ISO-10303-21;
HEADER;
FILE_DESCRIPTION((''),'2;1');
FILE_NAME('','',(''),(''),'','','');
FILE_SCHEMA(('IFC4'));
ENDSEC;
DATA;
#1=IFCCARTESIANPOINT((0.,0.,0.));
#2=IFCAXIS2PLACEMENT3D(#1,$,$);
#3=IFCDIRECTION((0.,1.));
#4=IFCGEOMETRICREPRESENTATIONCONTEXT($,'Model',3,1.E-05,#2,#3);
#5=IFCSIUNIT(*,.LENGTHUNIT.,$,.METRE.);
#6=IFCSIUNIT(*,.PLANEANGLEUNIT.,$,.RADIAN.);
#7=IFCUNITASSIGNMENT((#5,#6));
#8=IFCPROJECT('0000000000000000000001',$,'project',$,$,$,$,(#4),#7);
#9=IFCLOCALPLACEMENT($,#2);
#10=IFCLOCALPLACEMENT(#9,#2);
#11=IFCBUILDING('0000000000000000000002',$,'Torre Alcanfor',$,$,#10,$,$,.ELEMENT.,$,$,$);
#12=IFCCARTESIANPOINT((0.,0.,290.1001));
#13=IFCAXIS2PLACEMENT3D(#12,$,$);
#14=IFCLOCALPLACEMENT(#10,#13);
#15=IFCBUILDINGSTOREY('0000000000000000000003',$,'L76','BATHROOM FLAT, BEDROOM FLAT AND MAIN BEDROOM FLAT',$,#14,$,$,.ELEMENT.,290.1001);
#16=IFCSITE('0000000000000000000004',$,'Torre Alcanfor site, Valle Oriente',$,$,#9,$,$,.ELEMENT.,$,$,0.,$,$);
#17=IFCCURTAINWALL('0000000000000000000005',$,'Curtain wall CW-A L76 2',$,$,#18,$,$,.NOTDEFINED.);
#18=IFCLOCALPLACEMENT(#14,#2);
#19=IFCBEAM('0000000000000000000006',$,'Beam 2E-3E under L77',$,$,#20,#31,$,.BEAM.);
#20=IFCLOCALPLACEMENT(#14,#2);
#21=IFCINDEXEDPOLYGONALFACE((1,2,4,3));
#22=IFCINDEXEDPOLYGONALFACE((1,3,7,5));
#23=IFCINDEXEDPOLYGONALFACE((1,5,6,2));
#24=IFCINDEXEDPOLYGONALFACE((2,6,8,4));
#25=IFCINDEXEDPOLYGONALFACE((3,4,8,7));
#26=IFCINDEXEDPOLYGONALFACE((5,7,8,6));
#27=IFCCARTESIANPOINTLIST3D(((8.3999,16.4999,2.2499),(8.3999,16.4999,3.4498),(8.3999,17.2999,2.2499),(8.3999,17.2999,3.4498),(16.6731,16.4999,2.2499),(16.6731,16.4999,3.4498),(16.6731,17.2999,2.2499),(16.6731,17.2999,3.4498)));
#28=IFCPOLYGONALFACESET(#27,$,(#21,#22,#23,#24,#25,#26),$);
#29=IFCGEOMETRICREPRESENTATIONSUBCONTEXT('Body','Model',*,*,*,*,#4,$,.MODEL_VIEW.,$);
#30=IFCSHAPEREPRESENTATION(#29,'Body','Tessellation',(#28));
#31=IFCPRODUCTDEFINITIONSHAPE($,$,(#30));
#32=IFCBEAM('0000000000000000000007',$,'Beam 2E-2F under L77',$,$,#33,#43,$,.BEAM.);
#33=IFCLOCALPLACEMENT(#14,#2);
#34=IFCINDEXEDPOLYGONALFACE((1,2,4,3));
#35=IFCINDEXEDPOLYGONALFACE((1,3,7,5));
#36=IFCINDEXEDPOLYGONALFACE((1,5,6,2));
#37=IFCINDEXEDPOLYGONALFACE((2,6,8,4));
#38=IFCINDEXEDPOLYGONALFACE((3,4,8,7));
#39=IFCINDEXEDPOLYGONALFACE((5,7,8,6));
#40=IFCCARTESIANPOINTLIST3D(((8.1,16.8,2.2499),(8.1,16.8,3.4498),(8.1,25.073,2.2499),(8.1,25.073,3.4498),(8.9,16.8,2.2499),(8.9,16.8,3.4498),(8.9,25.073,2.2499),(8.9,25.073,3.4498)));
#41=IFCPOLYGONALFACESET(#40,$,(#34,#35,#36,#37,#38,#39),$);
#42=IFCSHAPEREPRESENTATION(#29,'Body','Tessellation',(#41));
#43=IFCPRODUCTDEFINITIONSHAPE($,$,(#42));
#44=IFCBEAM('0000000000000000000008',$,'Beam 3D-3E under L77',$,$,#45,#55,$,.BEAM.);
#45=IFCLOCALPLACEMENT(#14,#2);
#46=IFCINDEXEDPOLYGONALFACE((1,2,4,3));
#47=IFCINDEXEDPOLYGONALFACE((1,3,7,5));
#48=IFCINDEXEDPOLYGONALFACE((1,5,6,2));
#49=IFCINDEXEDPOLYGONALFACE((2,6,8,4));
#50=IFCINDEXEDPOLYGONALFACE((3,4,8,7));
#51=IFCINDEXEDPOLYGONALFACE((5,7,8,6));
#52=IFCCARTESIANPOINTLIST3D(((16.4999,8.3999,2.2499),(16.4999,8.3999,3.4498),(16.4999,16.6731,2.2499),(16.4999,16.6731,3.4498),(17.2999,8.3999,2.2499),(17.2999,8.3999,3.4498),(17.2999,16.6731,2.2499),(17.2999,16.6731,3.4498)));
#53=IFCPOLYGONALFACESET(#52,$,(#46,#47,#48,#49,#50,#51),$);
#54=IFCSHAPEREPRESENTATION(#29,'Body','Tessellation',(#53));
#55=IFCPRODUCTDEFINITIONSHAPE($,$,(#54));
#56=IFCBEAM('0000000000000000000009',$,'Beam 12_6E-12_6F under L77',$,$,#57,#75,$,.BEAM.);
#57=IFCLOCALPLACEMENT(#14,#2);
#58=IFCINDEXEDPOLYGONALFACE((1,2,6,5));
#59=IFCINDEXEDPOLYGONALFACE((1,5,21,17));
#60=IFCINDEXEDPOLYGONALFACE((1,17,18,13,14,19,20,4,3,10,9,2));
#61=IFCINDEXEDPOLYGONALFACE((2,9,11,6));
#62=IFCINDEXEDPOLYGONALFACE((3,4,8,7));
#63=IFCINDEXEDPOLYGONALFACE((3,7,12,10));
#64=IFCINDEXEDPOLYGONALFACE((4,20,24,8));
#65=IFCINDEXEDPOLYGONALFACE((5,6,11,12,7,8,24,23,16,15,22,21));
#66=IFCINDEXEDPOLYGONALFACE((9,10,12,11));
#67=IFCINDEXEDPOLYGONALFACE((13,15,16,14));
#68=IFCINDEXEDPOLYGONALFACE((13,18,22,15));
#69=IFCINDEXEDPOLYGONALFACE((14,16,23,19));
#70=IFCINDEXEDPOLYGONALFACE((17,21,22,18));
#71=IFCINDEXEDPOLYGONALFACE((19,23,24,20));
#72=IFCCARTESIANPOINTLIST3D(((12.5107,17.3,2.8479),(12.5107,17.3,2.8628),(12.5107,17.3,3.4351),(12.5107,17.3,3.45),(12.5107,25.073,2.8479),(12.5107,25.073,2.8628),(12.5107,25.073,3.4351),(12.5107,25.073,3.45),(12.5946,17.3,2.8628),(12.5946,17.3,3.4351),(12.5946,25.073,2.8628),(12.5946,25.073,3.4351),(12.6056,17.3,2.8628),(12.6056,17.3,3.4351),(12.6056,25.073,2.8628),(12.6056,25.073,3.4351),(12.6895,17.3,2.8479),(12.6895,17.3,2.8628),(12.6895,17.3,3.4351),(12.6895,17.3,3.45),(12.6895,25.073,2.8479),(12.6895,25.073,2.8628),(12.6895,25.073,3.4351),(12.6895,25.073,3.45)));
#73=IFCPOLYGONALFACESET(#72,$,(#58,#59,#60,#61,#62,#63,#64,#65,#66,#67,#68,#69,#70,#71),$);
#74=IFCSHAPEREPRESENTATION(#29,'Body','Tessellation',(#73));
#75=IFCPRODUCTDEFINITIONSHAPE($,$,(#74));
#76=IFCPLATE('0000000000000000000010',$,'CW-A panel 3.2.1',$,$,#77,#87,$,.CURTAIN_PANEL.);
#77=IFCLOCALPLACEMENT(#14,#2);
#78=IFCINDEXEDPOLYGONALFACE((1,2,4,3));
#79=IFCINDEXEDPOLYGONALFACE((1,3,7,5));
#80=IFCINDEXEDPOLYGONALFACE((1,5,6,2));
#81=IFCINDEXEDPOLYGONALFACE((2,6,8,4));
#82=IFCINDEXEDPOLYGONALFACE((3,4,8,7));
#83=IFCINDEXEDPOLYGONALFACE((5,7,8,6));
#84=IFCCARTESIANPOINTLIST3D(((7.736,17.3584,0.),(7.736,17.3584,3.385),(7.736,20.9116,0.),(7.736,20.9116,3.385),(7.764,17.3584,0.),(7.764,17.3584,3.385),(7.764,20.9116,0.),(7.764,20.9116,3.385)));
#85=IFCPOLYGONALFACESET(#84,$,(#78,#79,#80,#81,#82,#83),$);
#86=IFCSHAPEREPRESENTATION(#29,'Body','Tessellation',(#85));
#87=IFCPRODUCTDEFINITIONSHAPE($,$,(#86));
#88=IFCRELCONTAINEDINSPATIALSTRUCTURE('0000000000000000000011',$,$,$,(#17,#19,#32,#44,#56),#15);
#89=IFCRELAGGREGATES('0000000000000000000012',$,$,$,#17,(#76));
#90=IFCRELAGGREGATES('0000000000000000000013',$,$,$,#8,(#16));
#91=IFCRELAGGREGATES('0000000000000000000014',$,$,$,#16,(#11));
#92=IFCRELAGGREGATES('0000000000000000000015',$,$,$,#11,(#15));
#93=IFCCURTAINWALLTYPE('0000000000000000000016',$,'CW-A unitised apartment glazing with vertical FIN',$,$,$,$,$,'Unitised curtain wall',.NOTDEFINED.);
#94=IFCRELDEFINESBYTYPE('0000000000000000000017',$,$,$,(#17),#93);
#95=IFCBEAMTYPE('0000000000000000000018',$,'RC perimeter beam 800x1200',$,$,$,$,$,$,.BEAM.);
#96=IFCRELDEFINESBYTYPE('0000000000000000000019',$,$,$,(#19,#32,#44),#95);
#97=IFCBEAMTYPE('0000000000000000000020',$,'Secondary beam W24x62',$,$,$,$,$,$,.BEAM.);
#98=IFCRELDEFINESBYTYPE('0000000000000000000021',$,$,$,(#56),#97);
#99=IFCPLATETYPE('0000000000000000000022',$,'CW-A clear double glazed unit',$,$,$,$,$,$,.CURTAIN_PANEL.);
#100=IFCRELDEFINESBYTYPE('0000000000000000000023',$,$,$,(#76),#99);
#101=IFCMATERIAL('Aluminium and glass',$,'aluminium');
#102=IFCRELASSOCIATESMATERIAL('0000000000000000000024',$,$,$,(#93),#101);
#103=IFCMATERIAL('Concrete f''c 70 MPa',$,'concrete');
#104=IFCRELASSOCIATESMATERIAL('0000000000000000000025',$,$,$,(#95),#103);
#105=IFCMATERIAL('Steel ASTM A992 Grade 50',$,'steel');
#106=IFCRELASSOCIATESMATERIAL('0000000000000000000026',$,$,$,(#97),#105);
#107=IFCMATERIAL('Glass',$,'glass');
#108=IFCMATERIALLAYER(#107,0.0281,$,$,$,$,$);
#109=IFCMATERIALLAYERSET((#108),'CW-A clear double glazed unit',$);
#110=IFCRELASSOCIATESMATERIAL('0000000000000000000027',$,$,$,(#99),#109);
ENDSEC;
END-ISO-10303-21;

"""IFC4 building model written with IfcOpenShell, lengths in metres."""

from ifc_helpers import new_model, si_unit, direction, frame, origin, origin_2d, place, context, subcontext, project, spatial, rectangle, i_section, extrude, material, layer, layer_set, material_profile, profile_set, type_object, element, aggregate, save


model = new_model("IFC4")

# Units and contexts
model_context = context("Model", 3, precision=1e-05, world=origin(), true_north=direction((0.0, 1.0)))
body_context = subcontext(model_context, "Body", "Model", "MODEL_VIEW")
ifc_project = project(units=[si_unit("LENGTHUNIT", "METRE"), si_unit("PLANEANGLEUNIT", "RADIAN")], contexts=[model_context])

# Site, building, storey
site_placement = place(None, origin())
site = spatial("IfcSite", under=ifc_project, at=site_placement, Name="Torre Alcanfor site, Valle Oriente", CompositionType="ELEMENT", RefElevation=0.0)
building_placement = place(site_placement, origin())
building = spatial("IfcBuilding", under=site, at=building_placement, Name="Torre Alcanfor", CompositionType="ELEMENT")
storey_placement = place(building_placement, frame((0.0, 0.0, 290.1001)))
storey = spatial("IfcBuildingStorey", under=building, at=storey_placement, Name="L76", Description="BATHROOM FLAT, BEDROOM FLAT AND MAIN BEDROOM FLAT", CompositionType="ELEMENT", Elevation=290.1001)

# Curtain wall
ifc_material_1 = material(Name="Aluminium and glass", Category="aluminium")
curtain_wall_type = type_object("IfcCurtainWallType", Name="CW-A unitised apartment glazing with vertical FIN", ElementType="Unitised curtain wall", PredefinedType="NOTDEFINED", material=ifc_material_1)
curtain_wall_placement = place(storey_placement, origin())
curtain_wall = element("IfcCurtainWall", 1, at=curtain_wall_placement, inside=storey, type_object=curtain_wall_type, Name="Curtain wall CW-A L76 2", PredefinedType="NOTDEFINED")

# Beams
ifc_material_2 = material(Name="Concrete f'c 70 MPa", Category="concrete")
ifc_material_profile_1 = material_profile(ifc_material_2, rectangle(XDim=0.8, YDim=1.2, at=origin_2d()), Name="800x1200")
ifc_profile_set_1 = profile_set([ifc_material_profile_1], Name="Concrete f'c 70 MPa")
beam_type_1 = type_object("IfcBeamType", Name="RC perimeter beam 800x1200", PredefinedType="BEAM", material=ifc_profile_set_1)
beam_1_placement = place(storey_placement, frame((8.3999, 16.8999, 2.8499), z_axis=(1.0, 0.0, 0.0), x_axis=(0.0, 1.0, 0.0)))
element("IfcBeam", 2, at=beam_1_placement, inside=storey, type_object=beam_type_1, Name="Beam 2E-3E under L77", PredefinedType="BEAM", context=body_context, shape_type="SweptSolid", body=[
    extrude(rectangle(XDim=0.8, YDim=1.2, at=origin_2d()), origin(), (0.0, 0.0, 1.0), 8.2732),
])
beam_2_placement = place(storey_placement, frame((8.5, 16.8, 2.8499), z_axis=(0.0, 1.0, 0.0), x_axis=(-1.0, 0.0, 0.0)))
element("IfcBeam", 3, at=beam_2_placement, inside=storey, type_object=beam_type_1, Name="Beam 2E-2F under L77", PredefinedType="BEAM", context=body_context, shape_type="SweptSolid", body=[
    extrude(rectangle(XDim=0.8, YDim=1.2, at=origin_2d()), origin(), (0.0, 0.0, 1.0), 8.2729),
])
beam_3_placement = place(storey_placement, frame((16.8999, 8.3999, 2.8499), z_axis=(0.0, 1.0, 0.0), x_axis=(-1.0, 0.0, 0.0)))
element("IfcBeam", 4, at=beam_3_placement, inside=storey, type_object=beam_type_1, Name="Beam 3D-3E under L77", PredefinedType="BEAM", context=body_context, shape_type="SweptSolid", body=[
    extrude(rectangle(XDim=0.8, YDim=1.2, at=origin_2d()), origin(), (0.0, 0.0, 1.0), 8.2732),
])
ifc_material_3 = material(Name="Steel ASTM A992 Grade 50", Category="steel")
ifc_material_profile_2 = material_profile(ifc_material_3, i_section(OverallWidth=0.1787, OverallDepth=0.6021, WebThickness=0.011, FlangeThickness=0.0149, at=origin_2d()), Name="W24x62")
ifc_profile_set_2 = profile_set([ifc_material_profile_2], Name="Steel ASTM A992 Grade 50")
beam_type_2 = type_object("IfcBeamType", Name="Secondary beam W24x62", PredefinedType="BEAM", material=ifc_profile_set_2)
beam_4_placement = place(storey_placement, frame((12.6001, 17.3, 3.1489), z_axis=(0.0, 1.0, 0.0), x_axis=(-1.0, 0.0, 0.0)))
element("IfcBeam", 5, at=beam_4_placement, inside=storey, type_object=beam_type_2, Name="Beam 12_6E-12_6F under L77", PredefinedType="BEAM", context=body_context, shape_type="SweptSolid", body=[
    extrude(i_section(OverallWidth=0.1787, OverallDepth=0.6021, WebThickness=0.011, FlangeThickness=0.0149, at=origin_2d()), origin(), (0.0, 0.0, 1.0), 7.7729),
])

# Plate
ifc_material_4 = material(Name="Glass", Category="glass")
ifc_layer_1 = layer(ifc_material_4, 0.0281)
ifc_layer_set_1 = layer_set([ifc_layer_1], Name="CW-A clear double glazed unit")
plate_type = type_object("IfcPlateType", Name="CW-A clear double glazed unit", PredefinedType="CURTAIN_PANEL", material=ifc_layer_set_1)
plate_placement = place(storey_placement, frame((7.75, 19.135, 0.0), z_axis=(0.0, 0.0, 1.0), x_axis=(0.0, -1.0, 0.0)))
plate = element("IfcPlate", 6, at=plate_placement, type_object=plate_type, Name="CW-A panel 3.2.1", PredefinedType="CURTAIN_PANEL", context=body_context, shape_type="SweptSolid", body=[
    extrude(rectangle(XDim=3.5532, YDim=0.0281, at=origin_2d()), origin(), (0.0, 0.0, 1.0), 3.385),
])
aggregate(curtain_wall, [plate])

save(model, "model.ifc")
